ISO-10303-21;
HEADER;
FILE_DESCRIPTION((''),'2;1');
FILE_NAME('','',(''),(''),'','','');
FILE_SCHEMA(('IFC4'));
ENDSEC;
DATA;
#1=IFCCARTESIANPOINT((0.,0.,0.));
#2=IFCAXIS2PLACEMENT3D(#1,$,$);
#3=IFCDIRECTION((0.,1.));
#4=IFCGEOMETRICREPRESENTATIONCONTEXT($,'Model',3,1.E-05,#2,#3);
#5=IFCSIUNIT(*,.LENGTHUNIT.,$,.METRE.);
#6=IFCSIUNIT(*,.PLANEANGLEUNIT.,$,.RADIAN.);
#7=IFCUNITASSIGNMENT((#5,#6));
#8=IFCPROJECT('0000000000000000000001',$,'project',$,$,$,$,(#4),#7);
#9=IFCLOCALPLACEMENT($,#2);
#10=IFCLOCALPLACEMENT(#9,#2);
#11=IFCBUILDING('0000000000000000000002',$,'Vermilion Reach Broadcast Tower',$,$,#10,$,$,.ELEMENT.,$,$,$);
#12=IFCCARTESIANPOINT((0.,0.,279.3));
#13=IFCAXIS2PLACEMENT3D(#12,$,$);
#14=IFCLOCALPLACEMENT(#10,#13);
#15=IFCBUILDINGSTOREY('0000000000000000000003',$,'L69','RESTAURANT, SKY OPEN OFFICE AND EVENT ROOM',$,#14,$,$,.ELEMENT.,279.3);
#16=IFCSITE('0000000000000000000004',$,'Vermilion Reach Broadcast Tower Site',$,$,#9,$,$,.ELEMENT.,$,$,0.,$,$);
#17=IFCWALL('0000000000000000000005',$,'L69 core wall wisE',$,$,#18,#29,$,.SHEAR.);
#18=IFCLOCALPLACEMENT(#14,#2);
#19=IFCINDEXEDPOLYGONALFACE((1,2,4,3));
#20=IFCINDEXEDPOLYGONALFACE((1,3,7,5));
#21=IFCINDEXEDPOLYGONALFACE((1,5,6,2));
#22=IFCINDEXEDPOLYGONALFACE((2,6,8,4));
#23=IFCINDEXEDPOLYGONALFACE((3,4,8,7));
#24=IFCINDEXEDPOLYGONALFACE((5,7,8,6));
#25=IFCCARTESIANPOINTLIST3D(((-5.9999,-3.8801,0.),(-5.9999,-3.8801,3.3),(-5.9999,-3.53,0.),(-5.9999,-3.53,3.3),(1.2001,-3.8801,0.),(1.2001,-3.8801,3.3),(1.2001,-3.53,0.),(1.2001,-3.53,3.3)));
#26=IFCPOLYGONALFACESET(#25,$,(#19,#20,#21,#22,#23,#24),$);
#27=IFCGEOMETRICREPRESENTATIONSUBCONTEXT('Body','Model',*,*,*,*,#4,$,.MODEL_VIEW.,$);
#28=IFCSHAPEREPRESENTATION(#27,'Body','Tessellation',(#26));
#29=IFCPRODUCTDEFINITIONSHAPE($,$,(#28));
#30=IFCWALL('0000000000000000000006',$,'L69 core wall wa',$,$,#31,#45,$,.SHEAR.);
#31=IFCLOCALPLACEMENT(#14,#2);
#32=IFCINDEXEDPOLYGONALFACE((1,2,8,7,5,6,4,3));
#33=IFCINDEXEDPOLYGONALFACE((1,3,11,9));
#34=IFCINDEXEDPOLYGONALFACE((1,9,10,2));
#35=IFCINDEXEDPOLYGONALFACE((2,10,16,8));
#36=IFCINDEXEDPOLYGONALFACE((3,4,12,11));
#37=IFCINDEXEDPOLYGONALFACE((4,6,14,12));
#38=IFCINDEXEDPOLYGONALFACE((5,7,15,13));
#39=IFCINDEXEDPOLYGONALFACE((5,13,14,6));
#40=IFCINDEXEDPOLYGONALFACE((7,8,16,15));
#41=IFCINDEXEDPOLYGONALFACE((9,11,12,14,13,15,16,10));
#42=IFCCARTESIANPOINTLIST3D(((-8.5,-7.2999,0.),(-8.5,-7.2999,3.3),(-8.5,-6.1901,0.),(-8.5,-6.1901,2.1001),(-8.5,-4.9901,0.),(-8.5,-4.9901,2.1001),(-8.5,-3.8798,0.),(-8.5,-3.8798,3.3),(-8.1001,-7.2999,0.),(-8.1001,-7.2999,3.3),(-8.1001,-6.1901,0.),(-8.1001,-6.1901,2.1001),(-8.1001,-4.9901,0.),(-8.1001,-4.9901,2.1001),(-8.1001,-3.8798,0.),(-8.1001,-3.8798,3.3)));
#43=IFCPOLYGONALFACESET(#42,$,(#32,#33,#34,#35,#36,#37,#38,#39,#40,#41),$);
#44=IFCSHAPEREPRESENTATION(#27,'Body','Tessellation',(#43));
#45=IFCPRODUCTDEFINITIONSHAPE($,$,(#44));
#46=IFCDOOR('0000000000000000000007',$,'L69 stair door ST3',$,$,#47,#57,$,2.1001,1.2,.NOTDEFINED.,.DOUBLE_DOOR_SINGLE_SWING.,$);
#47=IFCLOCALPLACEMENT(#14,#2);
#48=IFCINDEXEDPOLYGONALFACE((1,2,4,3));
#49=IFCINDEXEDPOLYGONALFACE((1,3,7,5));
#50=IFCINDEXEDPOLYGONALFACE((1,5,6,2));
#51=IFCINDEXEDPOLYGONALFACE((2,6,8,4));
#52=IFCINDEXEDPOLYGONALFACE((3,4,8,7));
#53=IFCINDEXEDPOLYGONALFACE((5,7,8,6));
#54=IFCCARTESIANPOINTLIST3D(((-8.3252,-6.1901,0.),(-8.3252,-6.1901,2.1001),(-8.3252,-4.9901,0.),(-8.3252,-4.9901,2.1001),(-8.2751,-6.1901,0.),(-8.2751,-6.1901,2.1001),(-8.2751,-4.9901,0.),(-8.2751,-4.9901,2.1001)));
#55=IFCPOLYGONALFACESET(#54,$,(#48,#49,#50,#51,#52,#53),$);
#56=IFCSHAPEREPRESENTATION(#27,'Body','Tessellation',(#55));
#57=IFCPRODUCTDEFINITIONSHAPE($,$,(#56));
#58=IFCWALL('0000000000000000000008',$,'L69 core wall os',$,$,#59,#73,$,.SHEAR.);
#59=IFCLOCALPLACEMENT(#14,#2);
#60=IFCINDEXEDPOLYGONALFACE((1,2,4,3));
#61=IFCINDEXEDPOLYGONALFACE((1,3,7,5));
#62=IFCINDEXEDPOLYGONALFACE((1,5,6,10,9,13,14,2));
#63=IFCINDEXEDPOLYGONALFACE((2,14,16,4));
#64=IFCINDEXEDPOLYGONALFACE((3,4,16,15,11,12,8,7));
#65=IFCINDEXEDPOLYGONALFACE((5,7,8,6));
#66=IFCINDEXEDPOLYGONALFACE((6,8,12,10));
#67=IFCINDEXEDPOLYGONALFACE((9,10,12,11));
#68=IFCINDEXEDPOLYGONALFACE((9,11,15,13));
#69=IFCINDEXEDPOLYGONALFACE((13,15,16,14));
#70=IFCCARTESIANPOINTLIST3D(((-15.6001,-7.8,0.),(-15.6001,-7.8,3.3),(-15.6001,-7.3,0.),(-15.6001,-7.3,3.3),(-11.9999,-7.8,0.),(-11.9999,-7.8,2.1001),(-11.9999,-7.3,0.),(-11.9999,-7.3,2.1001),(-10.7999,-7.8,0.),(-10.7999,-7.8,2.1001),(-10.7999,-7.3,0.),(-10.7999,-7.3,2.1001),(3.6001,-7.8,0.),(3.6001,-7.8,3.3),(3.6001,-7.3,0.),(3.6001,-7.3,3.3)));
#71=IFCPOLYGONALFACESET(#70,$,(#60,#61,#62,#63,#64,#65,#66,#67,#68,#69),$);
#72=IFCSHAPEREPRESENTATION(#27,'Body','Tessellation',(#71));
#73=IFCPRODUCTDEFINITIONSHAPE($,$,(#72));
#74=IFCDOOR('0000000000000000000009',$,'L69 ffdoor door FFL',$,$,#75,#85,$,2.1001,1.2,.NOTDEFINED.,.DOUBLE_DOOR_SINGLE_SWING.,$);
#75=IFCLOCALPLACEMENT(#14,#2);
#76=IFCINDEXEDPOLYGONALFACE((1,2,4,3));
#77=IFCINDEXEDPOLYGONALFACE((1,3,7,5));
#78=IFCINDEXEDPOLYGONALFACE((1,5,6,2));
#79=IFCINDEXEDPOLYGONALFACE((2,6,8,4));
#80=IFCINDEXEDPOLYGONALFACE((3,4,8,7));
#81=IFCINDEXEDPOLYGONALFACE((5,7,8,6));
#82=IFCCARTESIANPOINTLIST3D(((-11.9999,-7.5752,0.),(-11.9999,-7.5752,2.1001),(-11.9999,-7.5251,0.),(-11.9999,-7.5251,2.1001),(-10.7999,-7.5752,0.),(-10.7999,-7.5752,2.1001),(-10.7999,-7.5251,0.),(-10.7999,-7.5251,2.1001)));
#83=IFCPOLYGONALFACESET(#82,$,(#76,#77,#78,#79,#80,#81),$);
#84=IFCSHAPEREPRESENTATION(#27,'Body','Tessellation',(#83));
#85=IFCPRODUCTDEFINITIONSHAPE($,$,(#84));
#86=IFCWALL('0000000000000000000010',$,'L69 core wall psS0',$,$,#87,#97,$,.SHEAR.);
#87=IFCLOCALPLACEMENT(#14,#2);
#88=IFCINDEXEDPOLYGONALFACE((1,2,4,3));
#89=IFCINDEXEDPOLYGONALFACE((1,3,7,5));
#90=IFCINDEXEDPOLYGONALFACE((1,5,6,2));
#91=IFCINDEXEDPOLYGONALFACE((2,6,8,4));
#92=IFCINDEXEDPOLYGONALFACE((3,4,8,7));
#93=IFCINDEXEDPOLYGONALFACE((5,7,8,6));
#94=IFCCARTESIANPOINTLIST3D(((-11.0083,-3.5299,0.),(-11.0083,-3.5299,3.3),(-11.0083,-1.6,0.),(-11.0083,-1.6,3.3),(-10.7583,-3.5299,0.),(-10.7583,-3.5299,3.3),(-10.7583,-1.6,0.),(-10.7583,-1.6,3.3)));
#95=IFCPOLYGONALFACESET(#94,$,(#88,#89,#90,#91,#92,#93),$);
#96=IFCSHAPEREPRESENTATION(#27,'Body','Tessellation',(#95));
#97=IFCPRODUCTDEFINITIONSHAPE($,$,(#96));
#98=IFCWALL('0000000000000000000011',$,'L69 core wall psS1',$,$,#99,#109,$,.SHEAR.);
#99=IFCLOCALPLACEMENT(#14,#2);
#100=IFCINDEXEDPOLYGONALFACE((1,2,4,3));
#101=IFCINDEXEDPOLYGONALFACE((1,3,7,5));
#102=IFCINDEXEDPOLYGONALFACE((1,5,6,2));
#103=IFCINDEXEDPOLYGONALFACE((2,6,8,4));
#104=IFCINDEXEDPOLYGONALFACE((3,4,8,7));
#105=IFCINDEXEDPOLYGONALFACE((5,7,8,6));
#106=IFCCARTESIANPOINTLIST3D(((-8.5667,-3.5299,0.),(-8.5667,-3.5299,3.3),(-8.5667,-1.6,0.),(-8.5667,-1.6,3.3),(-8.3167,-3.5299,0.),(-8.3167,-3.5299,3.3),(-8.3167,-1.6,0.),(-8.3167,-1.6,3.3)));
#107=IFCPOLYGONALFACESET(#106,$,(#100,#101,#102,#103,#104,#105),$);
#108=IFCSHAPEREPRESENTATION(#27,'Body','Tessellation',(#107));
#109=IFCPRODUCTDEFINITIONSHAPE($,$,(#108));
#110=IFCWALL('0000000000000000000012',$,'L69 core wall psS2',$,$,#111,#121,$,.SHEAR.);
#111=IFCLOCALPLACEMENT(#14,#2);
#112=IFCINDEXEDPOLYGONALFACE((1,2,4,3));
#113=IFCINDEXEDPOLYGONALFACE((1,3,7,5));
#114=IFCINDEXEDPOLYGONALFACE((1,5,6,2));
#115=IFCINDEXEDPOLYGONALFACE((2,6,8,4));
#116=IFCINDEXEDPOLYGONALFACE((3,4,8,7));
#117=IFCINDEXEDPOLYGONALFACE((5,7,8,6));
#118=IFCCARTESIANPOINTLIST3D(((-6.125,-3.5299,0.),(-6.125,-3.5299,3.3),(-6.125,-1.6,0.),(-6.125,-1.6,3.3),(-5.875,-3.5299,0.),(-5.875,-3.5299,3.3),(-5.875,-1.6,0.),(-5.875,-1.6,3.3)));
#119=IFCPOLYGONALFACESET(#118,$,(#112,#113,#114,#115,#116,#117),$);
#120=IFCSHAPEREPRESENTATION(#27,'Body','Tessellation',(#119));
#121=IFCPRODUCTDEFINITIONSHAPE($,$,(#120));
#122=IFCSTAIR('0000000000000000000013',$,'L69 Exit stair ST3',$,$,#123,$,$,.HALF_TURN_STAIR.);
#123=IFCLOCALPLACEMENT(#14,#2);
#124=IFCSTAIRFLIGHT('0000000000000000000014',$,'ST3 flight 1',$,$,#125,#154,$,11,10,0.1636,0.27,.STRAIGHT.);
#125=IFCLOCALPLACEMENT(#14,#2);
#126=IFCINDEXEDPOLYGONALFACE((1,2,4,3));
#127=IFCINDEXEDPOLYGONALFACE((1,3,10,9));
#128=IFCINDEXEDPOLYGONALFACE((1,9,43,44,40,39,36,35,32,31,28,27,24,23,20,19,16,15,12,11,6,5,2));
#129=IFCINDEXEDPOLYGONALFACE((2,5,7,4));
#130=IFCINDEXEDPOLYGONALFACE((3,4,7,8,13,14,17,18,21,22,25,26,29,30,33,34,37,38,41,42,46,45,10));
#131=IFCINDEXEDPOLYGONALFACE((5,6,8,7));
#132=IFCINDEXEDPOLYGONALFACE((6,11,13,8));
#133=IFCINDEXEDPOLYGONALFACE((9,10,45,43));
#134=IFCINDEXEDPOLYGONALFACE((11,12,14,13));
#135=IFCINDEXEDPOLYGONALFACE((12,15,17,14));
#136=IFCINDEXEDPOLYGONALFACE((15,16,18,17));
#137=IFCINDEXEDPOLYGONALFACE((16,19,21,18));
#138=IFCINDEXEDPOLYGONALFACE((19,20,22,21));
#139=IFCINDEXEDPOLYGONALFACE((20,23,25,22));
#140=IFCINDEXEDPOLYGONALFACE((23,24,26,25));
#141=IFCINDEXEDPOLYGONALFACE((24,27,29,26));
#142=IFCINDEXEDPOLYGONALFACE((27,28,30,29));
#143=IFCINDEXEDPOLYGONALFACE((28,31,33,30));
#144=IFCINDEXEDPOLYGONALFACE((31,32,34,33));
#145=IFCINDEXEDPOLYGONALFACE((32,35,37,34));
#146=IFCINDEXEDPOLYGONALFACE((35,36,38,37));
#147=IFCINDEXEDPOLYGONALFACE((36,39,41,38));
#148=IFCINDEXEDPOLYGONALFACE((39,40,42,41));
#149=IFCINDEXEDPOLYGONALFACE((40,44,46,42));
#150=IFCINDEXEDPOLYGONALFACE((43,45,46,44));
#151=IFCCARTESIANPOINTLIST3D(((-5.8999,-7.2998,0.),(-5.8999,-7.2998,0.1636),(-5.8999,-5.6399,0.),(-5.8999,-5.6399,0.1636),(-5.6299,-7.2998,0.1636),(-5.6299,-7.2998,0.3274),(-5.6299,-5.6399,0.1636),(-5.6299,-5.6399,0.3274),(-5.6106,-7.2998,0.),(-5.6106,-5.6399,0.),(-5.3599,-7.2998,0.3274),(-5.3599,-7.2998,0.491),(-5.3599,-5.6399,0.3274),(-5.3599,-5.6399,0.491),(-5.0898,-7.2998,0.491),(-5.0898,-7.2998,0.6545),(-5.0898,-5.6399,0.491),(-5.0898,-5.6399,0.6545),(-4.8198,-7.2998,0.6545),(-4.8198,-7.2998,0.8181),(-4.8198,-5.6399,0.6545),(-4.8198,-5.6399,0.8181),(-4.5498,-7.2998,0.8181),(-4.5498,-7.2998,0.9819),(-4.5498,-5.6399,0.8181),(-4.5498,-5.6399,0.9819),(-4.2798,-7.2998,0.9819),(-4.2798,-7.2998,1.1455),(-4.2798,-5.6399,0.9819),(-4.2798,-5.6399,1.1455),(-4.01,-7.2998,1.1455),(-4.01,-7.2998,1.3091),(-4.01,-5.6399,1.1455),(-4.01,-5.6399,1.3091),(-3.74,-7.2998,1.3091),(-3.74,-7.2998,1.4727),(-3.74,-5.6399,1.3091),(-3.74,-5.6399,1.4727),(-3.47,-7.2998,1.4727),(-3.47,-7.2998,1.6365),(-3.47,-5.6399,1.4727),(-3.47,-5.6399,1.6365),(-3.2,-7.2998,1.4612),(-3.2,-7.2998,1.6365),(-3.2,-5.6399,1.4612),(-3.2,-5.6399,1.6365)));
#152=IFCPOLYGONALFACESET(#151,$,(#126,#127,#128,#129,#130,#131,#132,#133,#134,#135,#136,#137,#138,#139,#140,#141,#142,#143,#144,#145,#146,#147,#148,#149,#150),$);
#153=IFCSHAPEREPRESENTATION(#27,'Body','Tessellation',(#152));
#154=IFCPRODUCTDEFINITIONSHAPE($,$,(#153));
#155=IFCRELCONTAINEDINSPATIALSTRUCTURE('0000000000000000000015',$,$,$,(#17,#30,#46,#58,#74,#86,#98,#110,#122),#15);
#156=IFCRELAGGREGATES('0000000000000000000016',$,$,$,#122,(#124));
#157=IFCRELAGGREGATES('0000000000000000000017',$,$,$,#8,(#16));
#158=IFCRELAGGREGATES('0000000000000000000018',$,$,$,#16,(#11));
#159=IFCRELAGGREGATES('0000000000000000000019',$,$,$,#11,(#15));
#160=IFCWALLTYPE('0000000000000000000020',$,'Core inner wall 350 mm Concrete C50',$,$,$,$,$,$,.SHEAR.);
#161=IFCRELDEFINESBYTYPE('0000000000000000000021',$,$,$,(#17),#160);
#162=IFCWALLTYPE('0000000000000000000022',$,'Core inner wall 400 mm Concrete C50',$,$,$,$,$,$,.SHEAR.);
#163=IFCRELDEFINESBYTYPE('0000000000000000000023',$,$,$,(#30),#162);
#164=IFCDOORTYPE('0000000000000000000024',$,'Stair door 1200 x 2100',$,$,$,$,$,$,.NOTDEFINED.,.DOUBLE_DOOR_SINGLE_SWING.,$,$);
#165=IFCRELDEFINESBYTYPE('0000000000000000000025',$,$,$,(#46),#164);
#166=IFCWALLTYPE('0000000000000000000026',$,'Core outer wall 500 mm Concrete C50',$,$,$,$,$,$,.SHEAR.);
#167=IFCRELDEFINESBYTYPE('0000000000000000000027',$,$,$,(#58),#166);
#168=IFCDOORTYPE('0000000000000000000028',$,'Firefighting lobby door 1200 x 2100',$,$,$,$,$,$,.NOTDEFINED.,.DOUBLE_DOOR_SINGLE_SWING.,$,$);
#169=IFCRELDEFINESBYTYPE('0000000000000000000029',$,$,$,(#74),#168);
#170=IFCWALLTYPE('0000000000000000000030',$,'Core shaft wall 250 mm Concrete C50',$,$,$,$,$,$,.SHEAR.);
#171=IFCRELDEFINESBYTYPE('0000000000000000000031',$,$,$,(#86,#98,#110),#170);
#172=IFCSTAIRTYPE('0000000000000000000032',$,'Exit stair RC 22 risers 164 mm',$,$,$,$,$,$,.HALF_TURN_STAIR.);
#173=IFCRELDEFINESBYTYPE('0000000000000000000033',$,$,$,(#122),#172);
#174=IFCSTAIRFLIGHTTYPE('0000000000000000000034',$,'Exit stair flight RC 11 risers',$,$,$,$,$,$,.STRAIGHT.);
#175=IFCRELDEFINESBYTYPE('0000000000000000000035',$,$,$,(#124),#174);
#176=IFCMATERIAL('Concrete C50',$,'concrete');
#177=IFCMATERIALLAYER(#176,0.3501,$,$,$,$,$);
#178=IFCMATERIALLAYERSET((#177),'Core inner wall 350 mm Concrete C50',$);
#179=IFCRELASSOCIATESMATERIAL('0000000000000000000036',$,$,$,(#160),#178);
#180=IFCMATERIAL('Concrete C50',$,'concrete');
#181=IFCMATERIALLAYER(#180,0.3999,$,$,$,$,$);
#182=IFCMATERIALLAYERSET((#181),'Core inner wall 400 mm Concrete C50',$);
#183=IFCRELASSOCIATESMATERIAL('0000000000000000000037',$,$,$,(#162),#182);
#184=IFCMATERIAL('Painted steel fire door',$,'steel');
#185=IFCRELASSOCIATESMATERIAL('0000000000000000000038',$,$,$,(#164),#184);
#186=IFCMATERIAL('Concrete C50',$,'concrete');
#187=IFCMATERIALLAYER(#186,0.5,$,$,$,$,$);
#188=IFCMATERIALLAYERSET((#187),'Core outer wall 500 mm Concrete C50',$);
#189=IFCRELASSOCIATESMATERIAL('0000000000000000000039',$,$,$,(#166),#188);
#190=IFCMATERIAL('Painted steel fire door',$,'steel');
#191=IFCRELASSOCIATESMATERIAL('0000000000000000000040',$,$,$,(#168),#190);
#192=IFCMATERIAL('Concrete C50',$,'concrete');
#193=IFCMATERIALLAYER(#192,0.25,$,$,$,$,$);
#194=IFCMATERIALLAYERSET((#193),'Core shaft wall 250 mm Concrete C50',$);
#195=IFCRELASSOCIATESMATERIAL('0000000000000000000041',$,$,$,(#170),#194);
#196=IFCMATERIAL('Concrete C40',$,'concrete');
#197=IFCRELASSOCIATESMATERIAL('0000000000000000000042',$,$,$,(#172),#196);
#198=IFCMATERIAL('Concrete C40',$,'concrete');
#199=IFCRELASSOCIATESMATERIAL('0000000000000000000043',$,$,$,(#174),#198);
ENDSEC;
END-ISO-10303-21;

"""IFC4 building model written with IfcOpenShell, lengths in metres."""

from ifc_helpers import new_model, si_unit, direction, frame, frame_2d, origin, place, context, subcontext, project, spatial, polyline, rectangle, outline, extrude, material, layer, layer_set, type_object, element, fill, aggregate, save


model = new_model("IFC4")

# Units and contexts
model_context = context("Model", 3, precision=1e-05, world=origin(), true_north=direction((0.0, 1.0)))
body_context = subcontext(model_context, "Body", "Model", "MODEL_VIEW")
ifc_project = project(units=[si_unit("LENGTHUNIT", "METRE"), si_unit("PLANEANGLEUNIT", "RADIAN")], contexts=[model_context])

# Site, building, storey
site_placement = place(None, origin())
site = spatial("IfcSite", under=ifc_project, at=site_placement, Name="Vermilion Reach Broadcast Tower Site", CompositionType="ELEMENT", RefElevation=0.0)
building_placement = place(site_placement, origin())
building = spatial("IfcBuilding", under=site, at=building_placement, Name="Vermilion Reach Broadcast Tower", CompositionType="ELEMENT")
storey_placement = place(building_placement, frame((0.0, 0.0, 279.3)))
storey = spatial("IfcBuildingStorey", under=building, at=storey_placement, Name="L69", Description="RESTAURANT, SKY OPEN OFFICE AND EVENT ROOM", CompositionType="ELEMENT", Elevation=279.3)

# Shared definitions
ifc_material_1 = material(Name="Concrete C50", Category="concrete")
ifc_layer_1 = layer(ifc_material_1, 0.3501)
ifc_layer_set_1 = layer_set([ifc_layer_1], Name="Core inner wall 350 mm Concrete C50")
wall_type_1 = type_object("IfcWallType", Name="Core inner wall 350 mm Concrete C50", PredefinedType="SHEAR", material=ifc_layer_set_1)

# Wall
wall_1_placement = place(storey_placement, frame((-6.0, -3.7051, 0.0), z_axis=(0.0, 0.0, 1.0), x_axis=(1.0, 0.0, 0.0)))
element("IfcWall", 1, at=wall_1_placement, inside=storey, type_object=wall_type_1, Name="L69 core wall wisE", PredefinedType="SHEAR", context=body_context, shape_type="SweptSolid", body=[
    extrude(rectangle(XDim=7.2, YDim=0.3501, at=frame_2d((3.6001, 0.0))), origin(), (0.0, 0.0, 1.0), 3.3),
])

# Walls, openings, doors
ifc_material_2 = material(Name="Concrete C50", Category="concrete")
ifc_layer_2 = layer(ifc_material_2, 0.3999)
ifc_layer_set_2 = layer_set([ifc_layer_2], Name="Core inner wall 400 mm Concrete C50")
wall_type_2 = type_object("IfcWallType", Name="Core inner wall 400 mm Concrete C50", PredefinedType="SHEAR", material=ifc_layer_set_2)
wall_2_placement = place(storey_placement, frame((-8.3, -3.8799, 0.0), z_axis=(0.0, 0.0, 1.0), x_axis=(0.0, -1.0, 0.0)))
wall_2 = element("IfcWall", 2, at=wall_2_placement, inside=storey, type_object=wall_type_2, Name="L69 core wall wa", PredefinedType="SHEAR", context=body_context, shape_type="SweptSolid", body=[
    extrude(rectangle(XDim=3.4202, YDim=0.3999, at=frame_2d((1.71, 0.0))), origin(), (0.0, 0.0, 1.0), 3.3),
])
opening_1_placement = place(wall_2_placement, frame((1.1101, 0.0, 0.0)))
opening_1 = element("IfcOpeningElement", 3, at=opening_1_placement, cuts=wall_2, PredefinedType="OPENING", context=body_context, shape_type="SweptSolid", body=[
    extrude(rectangle(XDim=1.2, YDim=2.1001, at=frame_2d((0.6001, 1.05))), frame((0.0, 0.21, 0.0), z_axis=(0.0, -1.0, 0.0), x_axis=(1.0, 0.0, 0.0)), (0.0, 0.0, 1.0), 0.4199),
])
ifc_material_3 = material(Name="Painted steel fire door", Category="steel")
door_type_1 = type_object("IfcDoorType", Name="Stair door 1200 x 2100", OperationType="DOUBLE_DOOR_SINGLE_SWING", PredefinedType="NOTDEFINED", material=ifc_material_3)
door_1_placement = place(opening_1_placement, origin())
door_1 = element("IfcDoor", 4, at=door_1_placement, inside=storey, type_object=door_type_1, Name="L69 stair door ST3", OperationType="DOUBLE_DOOR_SINGLE_SWING", OverallHeight=2.1001, OverallWidth=1.2, PredefinedType="NOTDEFINED", context=body_context, shape_type="SweptSolid", body=[
    extrude(rectangle(XDim=1.2, YDim=2.1001, at=frame_2d((0.6001, 1.05))), frame((0.0, 0.0249, 0.0), z_axis=(0.0, -1.0, 0.0), x_axis=(1.0, 0.0, 0.0)), (0.0, 0.0, 1.0), 0.05),
])
fill(opening_1, door_1)
ifc_material_4 = material(Name="Concrete C50", Category="concrete")
ifc_layer_3 = layer(ifc_material_4, 0.5)
ifc_layer_set_3 = layer_set([ifc_layer_3], Name="Core outer wall 500 mm Concrete C50")
wall_type_3 = type_object("IfcWallType", Name="Core outer wall 500 mm Concrete C50", PredefinedType="SHEAR", material=ifc_layer_set_3)
wall_3_placement = place(storey_placement, frame((-15.6001, -7.55, 0.0), z_axis=(0.0, 0.0, 1.0), x_axis=(1.0, 0.0, 0.0)))
wall_3 = element("IfcWall", 5, at=wall_3_placement, inside=storey, type_object=wall_type_3, Name="L69 core wall os", PredefinedType="SHEAR", context=body_context, shape_type="SweptSolid", body=[
    extrude(rectangle(XDim=19.2002, YDim=0.5, at=frame_2d((9.6001, 0.0))), origin(), (0.0, 0.0, 1.0), 3.3),
])
opening_2_placement = place(wall_3_placement, frame((3.6001, 0.0, 0.0)))
opening_2 = element("IfcOpeningElement", 6, at=opening_2_placement, cuts=wall_3, PredefinedType="OPENING", context=body_context, shape_type="SweptSolid", body=[
    extrude(rectangle(XDim=1.2, YDim=2.1001, at=frame_2d((0.6001, 1.05))), frame((0.0, 0.26, 0.0), z_axis=(0.0, -1.0, 0.0), x_axis=(1.0, 0.0, 0.0)), (0.0, 0.0, 1.0), 0.52),
])
ifc_material_5 = material(Name="Painted steel fire door", Category="steel")
door_type_2 = type_object("IfcDoorType", Name="Firefighting lobby door 1200 x 2100", OperationType="DOUBLE_DOOR_SINGLE_SWING", PredefinedType="NOTDEFINED", material=ifc_material_5)
door_2_placement = place(opening_2_placement, origin())
door_2 = element("IfcDoor", 7, at=door_2_placement, inside=storey, type_object=door_type_2, Name="L69 ffdoor door FFL", OperationType="DOUBLE_DOOR_SINGLE_SWING", OverallHeight=2.1001, OverallWidth=1.2, PredefinedType="NOTDEFINED", context=body_context, shape_type="SweptSolid", body=[
    extrude(rectangle(XDim=1.2, YDim=2.1001, at=frame_2d((0.6001, 1.05))), frame((0.0, 0.0249, 0.0), z_axis=(0.0, -1.0, 0.0), x_axis=(1.0, 0.0, 0.0)), (0.0, 0.0, 1.0), 0.05),
])
fill(opening_2, door_2)

# Walls
ifc_material_6 = material(Name="Concrete C50", Category="concrete")
ifc_layer_4 = layer(ifc_material_6, 0.25)
ifc_layer_set_4 = layer_set([ifc_layer_4], Name="Core shaft wall 250 mm Concrete C50")
wall_type_4 = type_object("IfcWallType", Name="Core shaft wall 250 mm Concrete C50", PredefinedType="SHEAR", material=ifc_layer_set_4)
for number, where, z_axis, x_axis, name in (
    (8, (-10.8833, -1.6001, 0.0), (0.0, 0.0, 1.0), (0.0, -1.0, 0.0), "L69 core wall psS0"),
    (9, (-8.4417, -1.6001, 0.0), (0.0, 0.0, 1.0), (0.0, -1.0, 0.0), "L69 core wall psS1"),
    (10, (-6.0, -1.6001, 0.0), (0.0, 0.0, 1.0), (0.0, -1.0, 0.0), "L69 core wall psS2"),
):
    element("IfcWall", number, at=place(storey_placement, frame(where, z_axis=z_axis, x_axis=x_axis)), inside=storey, type_object=wall_type_4, Name=name, PredefinedType="SHEAR", context=body_context, shape_type="SweptSolid", body=[
        extrude(rectangle(XDim=1.9299, YDim=0.25, at=frame_2d((0.9648, 0.0))), origin(), (0.0, 0.0, 1.0), 3.3),
    ])

# Stair, stair flight
ifc_material_7 = material(Name="Concrete C40", Category="concrete")
stair_type = type_object("IfcStairType", Name="Exit stair RC 22 risers 164 mm", PredefinedType="HALF_TURN_STAIR", material=ifc_material_7)
stair_placement = place(storey_placement, origin())
stair = element("IfcStair", 11, at=stair_placement, inside=storey, type_object=stair_type, Name="L69 Exit stair ST3", PredefinedType="HALF_TURN_STAIR")
ifc_material_8 = material(Name="Concrete C40", Category="concrete")
stair_flight_type = type_object("IfcStairFlightType", Name="Exit stair flight RC 11 risers", PredefinedType="STRAIGHT", material=ifc_material_8)
stair_flight_placement = place(storey_placement, frame((-5.8999, -6.47, 0.0), z_axis=(0.0, 0.0, 1.0), x_axis=(1.0, 0.0, 0.0)))
stair_flight = element("IfcStairFlight", 12, at=stair_flight_placement, type_object=stair_flight_type, Name="ST3 flight 1", NumberOfRisers=11, NumberOfTreads=10, PredefinedType="STRAIGHT", RiserHeight=0.1636, TreadLength=0.27, context=body_context, shape_type="SweptSolid", body=[
    extrude(outline(polyline([(0.0, 0.0), (0.0, 0.1636), (0.27, 0.1636), (0.27, 0.3274), (0.54, 0.3274), (0.54, 0.491), (0.8101, 0.491), (0.8101, 0.6545), (1.0801, 0.6545), (1.0801, 0.8181), (1.3501, 0.8181), (1.3501, 0.9819), (1.6201, 0.9819), (1.6201, 1.1455), (1.8899, 1.1455), (1.8899, 1.3091), (2.1599, 1.3091), (2.1599, 1.4727), (2.4299, 1.4727), (2.4299, 1.6365), (2.7, 1.6365), (2.7, 1.8), (2.7, 1.4612), (0.2893, 0.0), (0.0, 0.0)])), frame((0.0, 0.8301, 0.0), z_axis=(0.0, -1.0, 0.0), x_axis=(1.0, 0.0, 0.0)), (0.0, 0.0, 1.0), 1.6599),
])
aggregate(stair, [stair_flight])

save(model, "model.ifc")
